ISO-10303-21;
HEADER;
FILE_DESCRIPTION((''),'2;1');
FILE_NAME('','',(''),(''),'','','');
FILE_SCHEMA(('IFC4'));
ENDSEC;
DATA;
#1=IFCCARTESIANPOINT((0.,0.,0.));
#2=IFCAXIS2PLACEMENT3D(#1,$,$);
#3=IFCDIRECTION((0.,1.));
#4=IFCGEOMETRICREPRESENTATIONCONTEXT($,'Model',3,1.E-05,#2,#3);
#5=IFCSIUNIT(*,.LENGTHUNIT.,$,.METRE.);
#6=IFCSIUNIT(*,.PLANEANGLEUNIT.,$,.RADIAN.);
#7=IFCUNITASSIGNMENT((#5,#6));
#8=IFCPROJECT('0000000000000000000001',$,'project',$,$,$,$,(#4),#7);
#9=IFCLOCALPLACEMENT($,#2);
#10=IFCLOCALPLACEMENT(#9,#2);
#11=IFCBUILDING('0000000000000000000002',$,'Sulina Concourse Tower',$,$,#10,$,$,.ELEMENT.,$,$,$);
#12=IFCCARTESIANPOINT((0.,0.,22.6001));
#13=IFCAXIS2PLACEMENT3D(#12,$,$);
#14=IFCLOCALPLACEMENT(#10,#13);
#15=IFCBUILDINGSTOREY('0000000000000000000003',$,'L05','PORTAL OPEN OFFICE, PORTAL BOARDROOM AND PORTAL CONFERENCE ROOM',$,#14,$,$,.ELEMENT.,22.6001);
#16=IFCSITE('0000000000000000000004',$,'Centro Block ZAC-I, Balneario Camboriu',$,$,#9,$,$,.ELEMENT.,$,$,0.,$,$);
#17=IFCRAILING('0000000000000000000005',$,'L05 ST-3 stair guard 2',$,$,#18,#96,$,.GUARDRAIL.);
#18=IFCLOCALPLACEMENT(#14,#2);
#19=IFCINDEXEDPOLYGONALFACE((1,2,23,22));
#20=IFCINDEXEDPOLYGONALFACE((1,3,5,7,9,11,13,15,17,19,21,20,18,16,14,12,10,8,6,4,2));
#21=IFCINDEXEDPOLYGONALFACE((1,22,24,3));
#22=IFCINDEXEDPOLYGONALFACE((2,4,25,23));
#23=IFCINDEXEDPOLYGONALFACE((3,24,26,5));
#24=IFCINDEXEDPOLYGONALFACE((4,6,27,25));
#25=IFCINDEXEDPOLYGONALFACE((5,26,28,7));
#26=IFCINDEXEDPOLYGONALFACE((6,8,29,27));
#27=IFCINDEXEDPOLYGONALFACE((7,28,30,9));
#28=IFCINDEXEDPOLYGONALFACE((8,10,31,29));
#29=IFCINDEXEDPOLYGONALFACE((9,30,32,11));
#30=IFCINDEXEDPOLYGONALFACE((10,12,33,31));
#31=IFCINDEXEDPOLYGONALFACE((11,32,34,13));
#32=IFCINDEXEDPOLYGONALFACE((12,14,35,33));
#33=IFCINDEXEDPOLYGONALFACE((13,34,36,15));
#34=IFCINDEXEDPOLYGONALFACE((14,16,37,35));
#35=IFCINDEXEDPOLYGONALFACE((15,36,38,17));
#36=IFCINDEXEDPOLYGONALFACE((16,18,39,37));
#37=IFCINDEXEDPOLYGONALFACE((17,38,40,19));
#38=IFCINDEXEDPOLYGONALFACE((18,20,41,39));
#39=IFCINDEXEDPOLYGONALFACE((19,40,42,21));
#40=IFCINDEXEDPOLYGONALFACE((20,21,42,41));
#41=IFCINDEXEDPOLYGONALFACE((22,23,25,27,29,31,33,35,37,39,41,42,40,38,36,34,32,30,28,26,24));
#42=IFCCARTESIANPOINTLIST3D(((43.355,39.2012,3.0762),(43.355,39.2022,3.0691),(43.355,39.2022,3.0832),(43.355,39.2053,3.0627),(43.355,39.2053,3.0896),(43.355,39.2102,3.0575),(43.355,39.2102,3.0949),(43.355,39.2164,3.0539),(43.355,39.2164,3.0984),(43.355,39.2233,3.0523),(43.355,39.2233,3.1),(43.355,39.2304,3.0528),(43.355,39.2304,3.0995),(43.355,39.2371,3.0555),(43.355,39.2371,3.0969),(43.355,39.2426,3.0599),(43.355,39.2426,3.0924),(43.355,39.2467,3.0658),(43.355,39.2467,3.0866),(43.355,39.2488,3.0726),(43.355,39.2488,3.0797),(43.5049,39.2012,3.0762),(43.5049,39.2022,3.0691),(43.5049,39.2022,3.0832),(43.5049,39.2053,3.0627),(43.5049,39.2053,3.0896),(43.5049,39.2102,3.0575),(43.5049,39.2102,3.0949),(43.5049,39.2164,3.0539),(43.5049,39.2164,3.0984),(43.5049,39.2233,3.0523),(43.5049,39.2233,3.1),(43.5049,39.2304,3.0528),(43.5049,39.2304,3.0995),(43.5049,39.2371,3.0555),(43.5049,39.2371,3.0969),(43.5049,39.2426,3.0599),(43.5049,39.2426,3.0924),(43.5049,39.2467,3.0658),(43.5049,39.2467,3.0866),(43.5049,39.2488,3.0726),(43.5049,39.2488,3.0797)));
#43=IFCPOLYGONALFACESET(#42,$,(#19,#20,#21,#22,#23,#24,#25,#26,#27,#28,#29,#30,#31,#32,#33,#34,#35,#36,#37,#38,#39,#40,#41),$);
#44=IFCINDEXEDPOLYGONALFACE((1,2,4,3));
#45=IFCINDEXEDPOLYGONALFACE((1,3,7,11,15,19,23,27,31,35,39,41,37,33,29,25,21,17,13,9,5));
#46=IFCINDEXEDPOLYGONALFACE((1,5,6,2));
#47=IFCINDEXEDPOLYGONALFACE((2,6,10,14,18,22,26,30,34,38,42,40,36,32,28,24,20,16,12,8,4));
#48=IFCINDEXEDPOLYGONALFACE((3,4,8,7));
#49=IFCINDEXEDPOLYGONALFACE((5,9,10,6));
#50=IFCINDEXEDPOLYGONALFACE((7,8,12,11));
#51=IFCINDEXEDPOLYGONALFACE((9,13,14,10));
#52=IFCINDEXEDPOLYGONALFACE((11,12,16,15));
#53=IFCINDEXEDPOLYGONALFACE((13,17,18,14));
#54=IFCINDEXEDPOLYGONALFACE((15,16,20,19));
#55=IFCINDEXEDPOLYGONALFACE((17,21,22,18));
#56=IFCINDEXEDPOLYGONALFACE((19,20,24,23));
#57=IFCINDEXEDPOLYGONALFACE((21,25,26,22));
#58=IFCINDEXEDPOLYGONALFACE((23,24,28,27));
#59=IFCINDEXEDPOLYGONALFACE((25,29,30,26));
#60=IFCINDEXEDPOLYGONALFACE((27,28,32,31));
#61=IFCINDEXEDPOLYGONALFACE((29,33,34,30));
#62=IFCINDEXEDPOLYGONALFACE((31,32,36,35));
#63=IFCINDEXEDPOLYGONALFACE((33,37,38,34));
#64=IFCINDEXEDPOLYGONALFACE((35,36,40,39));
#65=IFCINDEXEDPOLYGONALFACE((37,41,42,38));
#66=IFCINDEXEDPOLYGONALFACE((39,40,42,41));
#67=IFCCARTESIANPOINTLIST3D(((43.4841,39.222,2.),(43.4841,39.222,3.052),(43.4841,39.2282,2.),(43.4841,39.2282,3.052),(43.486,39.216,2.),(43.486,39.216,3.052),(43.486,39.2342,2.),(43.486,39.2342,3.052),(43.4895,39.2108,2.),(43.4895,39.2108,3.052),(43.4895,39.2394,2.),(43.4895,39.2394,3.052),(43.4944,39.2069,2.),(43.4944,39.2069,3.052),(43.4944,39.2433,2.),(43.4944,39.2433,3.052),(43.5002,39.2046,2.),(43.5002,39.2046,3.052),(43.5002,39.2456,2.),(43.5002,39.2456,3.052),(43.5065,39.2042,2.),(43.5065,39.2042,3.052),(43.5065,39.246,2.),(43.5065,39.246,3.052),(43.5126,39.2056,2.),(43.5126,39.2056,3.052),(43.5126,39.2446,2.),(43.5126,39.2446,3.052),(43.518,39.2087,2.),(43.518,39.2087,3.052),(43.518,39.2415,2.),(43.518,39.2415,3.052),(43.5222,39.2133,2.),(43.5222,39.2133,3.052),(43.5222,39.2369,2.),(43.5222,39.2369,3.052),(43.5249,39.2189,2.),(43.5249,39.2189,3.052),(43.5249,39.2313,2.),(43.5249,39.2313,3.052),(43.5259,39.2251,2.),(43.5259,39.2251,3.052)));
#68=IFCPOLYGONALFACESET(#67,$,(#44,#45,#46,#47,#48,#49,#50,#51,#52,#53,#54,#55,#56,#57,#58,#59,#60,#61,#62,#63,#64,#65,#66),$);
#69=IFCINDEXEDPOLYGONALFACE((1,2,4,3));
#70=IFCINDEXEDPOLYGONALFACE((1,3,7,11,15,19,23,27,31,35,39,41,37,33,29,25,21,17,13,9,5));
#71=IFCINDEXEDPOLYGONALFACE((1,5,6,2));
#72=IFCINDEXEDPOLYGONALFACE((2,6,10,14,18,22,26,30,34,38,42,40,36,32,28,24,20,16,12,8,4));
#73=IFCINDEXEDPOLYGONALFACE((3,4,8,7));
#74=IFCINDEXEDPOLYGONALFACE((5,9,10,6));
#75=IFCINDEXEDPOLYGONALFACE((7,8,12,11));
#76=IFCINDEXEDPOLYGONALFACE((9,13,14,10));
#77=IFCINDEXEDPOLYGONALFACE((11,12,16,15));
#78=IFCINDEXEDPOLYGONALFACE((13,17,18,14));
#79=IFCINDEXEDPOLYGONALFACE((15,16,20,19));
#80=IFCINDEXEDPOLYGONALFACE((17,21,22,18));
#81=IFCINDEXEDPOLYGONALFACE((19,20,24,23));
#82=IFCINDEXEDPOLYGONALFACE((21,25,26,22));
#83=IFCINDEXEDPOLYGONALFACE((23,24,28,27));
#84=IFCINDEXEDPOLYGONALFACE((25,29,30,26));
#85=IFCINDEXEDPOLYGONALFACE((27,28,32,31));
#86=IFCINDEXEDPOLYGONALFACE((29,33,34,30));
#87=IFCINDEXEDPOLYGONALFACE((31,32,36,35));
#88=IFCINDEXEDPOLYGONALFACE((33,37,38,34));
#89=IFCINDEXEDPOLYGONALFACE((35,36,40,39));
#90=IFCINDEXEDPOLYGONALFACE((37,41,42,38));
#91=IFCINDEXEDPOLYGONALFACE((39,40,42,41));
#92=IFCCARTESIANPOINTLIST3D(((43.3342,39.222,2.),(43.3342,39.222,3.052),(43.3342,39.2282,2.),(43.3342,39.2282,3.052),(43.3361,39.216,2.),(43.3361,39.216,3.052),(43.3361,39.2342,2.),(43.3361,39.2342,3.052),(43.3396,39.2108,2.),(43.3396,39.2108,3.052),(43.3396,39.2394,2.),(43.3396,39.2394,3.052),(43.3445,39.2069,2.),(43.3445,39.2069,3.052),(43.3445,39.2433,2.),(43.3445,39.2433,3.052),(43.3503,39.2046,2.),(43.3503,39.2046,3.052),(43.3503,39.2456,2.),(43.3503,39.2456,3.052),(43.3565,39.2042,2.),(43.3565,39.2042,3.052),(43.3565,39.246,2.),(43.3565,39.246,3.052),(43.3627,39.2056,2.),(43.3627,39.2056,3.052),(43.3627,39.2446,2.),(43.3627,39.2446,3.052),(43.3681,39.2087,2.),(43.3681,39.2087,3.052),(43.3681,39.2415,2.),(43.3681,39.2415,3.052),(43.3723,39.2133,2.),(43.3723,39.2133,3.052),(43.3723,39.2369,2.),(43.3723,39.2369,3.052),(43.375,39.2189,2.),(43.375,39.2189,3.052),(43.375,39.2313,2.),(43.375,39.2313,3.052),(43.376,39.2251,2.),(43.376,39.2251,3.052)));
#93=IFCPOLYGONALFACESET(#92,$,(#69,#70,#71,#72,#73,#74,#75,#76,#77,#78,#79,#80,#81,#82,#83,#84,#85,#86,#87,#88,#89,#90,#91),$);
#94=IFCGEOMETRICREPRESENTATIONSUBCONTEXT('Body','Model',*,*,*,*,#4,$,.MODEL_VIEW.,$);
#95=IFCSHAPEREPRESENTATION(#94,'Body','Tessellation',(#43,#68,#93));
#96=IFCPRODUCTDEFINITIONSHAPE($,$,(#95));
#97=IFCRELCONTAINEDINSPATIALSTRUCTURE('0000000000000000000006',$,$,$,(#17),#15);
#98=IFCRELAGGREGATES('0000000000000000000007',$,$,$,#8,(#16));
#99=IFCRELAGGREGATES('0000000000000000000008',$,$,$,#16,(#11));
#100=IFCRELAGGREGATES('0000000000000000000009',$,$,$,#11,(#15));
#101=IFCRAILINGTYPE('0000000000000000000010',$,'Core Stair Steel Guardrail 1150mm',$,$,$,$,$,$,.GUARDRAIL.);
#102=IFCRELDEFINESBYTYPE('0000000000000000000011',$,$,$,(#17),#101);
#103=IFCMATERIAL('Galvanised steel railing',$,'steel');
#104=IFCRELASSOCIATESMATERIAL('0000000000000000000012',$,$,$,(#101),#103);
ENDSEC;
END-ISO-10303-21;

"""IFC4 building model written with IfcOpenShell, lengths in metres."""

from ifc_helpers import new_model, si_unit, direction, frame, origin, origin_2d, place, context, subcontext, project, spatial, circle, extrude, material, type_object, element, save


model = new_model("IFC4")

# Units and contexts
model_context = context("Model", 3, precision=1e-05, world=origin(), true_north=direction((0.0, 1.0)))
body_context = subcontext(model_context, "Body", "Model", "MODEL_VIEW")
ifc_project = project(units=[si_unit("LENGTHUNIT", "METRE"), si_unit("PLANEANGLEUNIT", "RADIAN")], contexts=[model_context])

# Site, building, storey
site_placement = place(None, origin())
site = spatial("IfcSite", under=ifc_project, at=site_placement, Name="Centro Block ZAC-I, Balneario Camboriu", CompositionType="ELEMENT", RefElevation=0.0)
building_placement = place(site_placement, origin())
building = spatial("IfcBuilding", under=site, at=building_placement, Name="Sulina Concourse Tower", CompositionType="ELEMENT")
storey_placement = place(building_placement, frame((0.0, 0.0, 22.6001)))
storey = spatial("IfcBuildingStorey", under=building, at=storey_placement, Name="L05", Description="PORTAL OPEN OFFICE, PORTAL BOARDROOM AND PORTAL CONFERENCE ROOM", CompositionType="ELEMENT", Elevation=22.6001)

# Railing
ifc_material_1 = material(Name="Galvanised steel railing", Category="steel")
railing_type_1 = type_object("IfcRailingType", Name="Core Stair Steel Guardrail 1150mm", PredefinedType="GUARDRAIL", material=ifc_material_1)
railing_1_placement = place(storey_placement, frame((43.5049, 39.2251, 2.0)))
element("IfcRailing", 1, at=railing_1_placement, inside=storey, type_object=railing_type_1, Name="L05 ST-3 stair guard 2", PredefinedType="GUARDRAIL", context=body_context, shape_type="SweptSolid", body=[
    extrude(circle(Radius=0.0239, at=origin_2d()), frame((0.0, 0.0, 1.0762), z_axis=(-1.0, 0.0, 0.0), x_axis=(0.0, -1.0, 0.0)), (0.0, 0.0, 1.0), 0.1499),
    extrude(circle(Radius=0.021, at=origin_2d()), origin(), (0.0, 0.0, 1.0), 1.052),
    extrude(circle(Radius=0.021, at=origin_2d()), frame((-0.1499, 0.0, 0.0)), (0.0, 0.0, 1.0), 1.052),
])

save(model, "model.ifc")
